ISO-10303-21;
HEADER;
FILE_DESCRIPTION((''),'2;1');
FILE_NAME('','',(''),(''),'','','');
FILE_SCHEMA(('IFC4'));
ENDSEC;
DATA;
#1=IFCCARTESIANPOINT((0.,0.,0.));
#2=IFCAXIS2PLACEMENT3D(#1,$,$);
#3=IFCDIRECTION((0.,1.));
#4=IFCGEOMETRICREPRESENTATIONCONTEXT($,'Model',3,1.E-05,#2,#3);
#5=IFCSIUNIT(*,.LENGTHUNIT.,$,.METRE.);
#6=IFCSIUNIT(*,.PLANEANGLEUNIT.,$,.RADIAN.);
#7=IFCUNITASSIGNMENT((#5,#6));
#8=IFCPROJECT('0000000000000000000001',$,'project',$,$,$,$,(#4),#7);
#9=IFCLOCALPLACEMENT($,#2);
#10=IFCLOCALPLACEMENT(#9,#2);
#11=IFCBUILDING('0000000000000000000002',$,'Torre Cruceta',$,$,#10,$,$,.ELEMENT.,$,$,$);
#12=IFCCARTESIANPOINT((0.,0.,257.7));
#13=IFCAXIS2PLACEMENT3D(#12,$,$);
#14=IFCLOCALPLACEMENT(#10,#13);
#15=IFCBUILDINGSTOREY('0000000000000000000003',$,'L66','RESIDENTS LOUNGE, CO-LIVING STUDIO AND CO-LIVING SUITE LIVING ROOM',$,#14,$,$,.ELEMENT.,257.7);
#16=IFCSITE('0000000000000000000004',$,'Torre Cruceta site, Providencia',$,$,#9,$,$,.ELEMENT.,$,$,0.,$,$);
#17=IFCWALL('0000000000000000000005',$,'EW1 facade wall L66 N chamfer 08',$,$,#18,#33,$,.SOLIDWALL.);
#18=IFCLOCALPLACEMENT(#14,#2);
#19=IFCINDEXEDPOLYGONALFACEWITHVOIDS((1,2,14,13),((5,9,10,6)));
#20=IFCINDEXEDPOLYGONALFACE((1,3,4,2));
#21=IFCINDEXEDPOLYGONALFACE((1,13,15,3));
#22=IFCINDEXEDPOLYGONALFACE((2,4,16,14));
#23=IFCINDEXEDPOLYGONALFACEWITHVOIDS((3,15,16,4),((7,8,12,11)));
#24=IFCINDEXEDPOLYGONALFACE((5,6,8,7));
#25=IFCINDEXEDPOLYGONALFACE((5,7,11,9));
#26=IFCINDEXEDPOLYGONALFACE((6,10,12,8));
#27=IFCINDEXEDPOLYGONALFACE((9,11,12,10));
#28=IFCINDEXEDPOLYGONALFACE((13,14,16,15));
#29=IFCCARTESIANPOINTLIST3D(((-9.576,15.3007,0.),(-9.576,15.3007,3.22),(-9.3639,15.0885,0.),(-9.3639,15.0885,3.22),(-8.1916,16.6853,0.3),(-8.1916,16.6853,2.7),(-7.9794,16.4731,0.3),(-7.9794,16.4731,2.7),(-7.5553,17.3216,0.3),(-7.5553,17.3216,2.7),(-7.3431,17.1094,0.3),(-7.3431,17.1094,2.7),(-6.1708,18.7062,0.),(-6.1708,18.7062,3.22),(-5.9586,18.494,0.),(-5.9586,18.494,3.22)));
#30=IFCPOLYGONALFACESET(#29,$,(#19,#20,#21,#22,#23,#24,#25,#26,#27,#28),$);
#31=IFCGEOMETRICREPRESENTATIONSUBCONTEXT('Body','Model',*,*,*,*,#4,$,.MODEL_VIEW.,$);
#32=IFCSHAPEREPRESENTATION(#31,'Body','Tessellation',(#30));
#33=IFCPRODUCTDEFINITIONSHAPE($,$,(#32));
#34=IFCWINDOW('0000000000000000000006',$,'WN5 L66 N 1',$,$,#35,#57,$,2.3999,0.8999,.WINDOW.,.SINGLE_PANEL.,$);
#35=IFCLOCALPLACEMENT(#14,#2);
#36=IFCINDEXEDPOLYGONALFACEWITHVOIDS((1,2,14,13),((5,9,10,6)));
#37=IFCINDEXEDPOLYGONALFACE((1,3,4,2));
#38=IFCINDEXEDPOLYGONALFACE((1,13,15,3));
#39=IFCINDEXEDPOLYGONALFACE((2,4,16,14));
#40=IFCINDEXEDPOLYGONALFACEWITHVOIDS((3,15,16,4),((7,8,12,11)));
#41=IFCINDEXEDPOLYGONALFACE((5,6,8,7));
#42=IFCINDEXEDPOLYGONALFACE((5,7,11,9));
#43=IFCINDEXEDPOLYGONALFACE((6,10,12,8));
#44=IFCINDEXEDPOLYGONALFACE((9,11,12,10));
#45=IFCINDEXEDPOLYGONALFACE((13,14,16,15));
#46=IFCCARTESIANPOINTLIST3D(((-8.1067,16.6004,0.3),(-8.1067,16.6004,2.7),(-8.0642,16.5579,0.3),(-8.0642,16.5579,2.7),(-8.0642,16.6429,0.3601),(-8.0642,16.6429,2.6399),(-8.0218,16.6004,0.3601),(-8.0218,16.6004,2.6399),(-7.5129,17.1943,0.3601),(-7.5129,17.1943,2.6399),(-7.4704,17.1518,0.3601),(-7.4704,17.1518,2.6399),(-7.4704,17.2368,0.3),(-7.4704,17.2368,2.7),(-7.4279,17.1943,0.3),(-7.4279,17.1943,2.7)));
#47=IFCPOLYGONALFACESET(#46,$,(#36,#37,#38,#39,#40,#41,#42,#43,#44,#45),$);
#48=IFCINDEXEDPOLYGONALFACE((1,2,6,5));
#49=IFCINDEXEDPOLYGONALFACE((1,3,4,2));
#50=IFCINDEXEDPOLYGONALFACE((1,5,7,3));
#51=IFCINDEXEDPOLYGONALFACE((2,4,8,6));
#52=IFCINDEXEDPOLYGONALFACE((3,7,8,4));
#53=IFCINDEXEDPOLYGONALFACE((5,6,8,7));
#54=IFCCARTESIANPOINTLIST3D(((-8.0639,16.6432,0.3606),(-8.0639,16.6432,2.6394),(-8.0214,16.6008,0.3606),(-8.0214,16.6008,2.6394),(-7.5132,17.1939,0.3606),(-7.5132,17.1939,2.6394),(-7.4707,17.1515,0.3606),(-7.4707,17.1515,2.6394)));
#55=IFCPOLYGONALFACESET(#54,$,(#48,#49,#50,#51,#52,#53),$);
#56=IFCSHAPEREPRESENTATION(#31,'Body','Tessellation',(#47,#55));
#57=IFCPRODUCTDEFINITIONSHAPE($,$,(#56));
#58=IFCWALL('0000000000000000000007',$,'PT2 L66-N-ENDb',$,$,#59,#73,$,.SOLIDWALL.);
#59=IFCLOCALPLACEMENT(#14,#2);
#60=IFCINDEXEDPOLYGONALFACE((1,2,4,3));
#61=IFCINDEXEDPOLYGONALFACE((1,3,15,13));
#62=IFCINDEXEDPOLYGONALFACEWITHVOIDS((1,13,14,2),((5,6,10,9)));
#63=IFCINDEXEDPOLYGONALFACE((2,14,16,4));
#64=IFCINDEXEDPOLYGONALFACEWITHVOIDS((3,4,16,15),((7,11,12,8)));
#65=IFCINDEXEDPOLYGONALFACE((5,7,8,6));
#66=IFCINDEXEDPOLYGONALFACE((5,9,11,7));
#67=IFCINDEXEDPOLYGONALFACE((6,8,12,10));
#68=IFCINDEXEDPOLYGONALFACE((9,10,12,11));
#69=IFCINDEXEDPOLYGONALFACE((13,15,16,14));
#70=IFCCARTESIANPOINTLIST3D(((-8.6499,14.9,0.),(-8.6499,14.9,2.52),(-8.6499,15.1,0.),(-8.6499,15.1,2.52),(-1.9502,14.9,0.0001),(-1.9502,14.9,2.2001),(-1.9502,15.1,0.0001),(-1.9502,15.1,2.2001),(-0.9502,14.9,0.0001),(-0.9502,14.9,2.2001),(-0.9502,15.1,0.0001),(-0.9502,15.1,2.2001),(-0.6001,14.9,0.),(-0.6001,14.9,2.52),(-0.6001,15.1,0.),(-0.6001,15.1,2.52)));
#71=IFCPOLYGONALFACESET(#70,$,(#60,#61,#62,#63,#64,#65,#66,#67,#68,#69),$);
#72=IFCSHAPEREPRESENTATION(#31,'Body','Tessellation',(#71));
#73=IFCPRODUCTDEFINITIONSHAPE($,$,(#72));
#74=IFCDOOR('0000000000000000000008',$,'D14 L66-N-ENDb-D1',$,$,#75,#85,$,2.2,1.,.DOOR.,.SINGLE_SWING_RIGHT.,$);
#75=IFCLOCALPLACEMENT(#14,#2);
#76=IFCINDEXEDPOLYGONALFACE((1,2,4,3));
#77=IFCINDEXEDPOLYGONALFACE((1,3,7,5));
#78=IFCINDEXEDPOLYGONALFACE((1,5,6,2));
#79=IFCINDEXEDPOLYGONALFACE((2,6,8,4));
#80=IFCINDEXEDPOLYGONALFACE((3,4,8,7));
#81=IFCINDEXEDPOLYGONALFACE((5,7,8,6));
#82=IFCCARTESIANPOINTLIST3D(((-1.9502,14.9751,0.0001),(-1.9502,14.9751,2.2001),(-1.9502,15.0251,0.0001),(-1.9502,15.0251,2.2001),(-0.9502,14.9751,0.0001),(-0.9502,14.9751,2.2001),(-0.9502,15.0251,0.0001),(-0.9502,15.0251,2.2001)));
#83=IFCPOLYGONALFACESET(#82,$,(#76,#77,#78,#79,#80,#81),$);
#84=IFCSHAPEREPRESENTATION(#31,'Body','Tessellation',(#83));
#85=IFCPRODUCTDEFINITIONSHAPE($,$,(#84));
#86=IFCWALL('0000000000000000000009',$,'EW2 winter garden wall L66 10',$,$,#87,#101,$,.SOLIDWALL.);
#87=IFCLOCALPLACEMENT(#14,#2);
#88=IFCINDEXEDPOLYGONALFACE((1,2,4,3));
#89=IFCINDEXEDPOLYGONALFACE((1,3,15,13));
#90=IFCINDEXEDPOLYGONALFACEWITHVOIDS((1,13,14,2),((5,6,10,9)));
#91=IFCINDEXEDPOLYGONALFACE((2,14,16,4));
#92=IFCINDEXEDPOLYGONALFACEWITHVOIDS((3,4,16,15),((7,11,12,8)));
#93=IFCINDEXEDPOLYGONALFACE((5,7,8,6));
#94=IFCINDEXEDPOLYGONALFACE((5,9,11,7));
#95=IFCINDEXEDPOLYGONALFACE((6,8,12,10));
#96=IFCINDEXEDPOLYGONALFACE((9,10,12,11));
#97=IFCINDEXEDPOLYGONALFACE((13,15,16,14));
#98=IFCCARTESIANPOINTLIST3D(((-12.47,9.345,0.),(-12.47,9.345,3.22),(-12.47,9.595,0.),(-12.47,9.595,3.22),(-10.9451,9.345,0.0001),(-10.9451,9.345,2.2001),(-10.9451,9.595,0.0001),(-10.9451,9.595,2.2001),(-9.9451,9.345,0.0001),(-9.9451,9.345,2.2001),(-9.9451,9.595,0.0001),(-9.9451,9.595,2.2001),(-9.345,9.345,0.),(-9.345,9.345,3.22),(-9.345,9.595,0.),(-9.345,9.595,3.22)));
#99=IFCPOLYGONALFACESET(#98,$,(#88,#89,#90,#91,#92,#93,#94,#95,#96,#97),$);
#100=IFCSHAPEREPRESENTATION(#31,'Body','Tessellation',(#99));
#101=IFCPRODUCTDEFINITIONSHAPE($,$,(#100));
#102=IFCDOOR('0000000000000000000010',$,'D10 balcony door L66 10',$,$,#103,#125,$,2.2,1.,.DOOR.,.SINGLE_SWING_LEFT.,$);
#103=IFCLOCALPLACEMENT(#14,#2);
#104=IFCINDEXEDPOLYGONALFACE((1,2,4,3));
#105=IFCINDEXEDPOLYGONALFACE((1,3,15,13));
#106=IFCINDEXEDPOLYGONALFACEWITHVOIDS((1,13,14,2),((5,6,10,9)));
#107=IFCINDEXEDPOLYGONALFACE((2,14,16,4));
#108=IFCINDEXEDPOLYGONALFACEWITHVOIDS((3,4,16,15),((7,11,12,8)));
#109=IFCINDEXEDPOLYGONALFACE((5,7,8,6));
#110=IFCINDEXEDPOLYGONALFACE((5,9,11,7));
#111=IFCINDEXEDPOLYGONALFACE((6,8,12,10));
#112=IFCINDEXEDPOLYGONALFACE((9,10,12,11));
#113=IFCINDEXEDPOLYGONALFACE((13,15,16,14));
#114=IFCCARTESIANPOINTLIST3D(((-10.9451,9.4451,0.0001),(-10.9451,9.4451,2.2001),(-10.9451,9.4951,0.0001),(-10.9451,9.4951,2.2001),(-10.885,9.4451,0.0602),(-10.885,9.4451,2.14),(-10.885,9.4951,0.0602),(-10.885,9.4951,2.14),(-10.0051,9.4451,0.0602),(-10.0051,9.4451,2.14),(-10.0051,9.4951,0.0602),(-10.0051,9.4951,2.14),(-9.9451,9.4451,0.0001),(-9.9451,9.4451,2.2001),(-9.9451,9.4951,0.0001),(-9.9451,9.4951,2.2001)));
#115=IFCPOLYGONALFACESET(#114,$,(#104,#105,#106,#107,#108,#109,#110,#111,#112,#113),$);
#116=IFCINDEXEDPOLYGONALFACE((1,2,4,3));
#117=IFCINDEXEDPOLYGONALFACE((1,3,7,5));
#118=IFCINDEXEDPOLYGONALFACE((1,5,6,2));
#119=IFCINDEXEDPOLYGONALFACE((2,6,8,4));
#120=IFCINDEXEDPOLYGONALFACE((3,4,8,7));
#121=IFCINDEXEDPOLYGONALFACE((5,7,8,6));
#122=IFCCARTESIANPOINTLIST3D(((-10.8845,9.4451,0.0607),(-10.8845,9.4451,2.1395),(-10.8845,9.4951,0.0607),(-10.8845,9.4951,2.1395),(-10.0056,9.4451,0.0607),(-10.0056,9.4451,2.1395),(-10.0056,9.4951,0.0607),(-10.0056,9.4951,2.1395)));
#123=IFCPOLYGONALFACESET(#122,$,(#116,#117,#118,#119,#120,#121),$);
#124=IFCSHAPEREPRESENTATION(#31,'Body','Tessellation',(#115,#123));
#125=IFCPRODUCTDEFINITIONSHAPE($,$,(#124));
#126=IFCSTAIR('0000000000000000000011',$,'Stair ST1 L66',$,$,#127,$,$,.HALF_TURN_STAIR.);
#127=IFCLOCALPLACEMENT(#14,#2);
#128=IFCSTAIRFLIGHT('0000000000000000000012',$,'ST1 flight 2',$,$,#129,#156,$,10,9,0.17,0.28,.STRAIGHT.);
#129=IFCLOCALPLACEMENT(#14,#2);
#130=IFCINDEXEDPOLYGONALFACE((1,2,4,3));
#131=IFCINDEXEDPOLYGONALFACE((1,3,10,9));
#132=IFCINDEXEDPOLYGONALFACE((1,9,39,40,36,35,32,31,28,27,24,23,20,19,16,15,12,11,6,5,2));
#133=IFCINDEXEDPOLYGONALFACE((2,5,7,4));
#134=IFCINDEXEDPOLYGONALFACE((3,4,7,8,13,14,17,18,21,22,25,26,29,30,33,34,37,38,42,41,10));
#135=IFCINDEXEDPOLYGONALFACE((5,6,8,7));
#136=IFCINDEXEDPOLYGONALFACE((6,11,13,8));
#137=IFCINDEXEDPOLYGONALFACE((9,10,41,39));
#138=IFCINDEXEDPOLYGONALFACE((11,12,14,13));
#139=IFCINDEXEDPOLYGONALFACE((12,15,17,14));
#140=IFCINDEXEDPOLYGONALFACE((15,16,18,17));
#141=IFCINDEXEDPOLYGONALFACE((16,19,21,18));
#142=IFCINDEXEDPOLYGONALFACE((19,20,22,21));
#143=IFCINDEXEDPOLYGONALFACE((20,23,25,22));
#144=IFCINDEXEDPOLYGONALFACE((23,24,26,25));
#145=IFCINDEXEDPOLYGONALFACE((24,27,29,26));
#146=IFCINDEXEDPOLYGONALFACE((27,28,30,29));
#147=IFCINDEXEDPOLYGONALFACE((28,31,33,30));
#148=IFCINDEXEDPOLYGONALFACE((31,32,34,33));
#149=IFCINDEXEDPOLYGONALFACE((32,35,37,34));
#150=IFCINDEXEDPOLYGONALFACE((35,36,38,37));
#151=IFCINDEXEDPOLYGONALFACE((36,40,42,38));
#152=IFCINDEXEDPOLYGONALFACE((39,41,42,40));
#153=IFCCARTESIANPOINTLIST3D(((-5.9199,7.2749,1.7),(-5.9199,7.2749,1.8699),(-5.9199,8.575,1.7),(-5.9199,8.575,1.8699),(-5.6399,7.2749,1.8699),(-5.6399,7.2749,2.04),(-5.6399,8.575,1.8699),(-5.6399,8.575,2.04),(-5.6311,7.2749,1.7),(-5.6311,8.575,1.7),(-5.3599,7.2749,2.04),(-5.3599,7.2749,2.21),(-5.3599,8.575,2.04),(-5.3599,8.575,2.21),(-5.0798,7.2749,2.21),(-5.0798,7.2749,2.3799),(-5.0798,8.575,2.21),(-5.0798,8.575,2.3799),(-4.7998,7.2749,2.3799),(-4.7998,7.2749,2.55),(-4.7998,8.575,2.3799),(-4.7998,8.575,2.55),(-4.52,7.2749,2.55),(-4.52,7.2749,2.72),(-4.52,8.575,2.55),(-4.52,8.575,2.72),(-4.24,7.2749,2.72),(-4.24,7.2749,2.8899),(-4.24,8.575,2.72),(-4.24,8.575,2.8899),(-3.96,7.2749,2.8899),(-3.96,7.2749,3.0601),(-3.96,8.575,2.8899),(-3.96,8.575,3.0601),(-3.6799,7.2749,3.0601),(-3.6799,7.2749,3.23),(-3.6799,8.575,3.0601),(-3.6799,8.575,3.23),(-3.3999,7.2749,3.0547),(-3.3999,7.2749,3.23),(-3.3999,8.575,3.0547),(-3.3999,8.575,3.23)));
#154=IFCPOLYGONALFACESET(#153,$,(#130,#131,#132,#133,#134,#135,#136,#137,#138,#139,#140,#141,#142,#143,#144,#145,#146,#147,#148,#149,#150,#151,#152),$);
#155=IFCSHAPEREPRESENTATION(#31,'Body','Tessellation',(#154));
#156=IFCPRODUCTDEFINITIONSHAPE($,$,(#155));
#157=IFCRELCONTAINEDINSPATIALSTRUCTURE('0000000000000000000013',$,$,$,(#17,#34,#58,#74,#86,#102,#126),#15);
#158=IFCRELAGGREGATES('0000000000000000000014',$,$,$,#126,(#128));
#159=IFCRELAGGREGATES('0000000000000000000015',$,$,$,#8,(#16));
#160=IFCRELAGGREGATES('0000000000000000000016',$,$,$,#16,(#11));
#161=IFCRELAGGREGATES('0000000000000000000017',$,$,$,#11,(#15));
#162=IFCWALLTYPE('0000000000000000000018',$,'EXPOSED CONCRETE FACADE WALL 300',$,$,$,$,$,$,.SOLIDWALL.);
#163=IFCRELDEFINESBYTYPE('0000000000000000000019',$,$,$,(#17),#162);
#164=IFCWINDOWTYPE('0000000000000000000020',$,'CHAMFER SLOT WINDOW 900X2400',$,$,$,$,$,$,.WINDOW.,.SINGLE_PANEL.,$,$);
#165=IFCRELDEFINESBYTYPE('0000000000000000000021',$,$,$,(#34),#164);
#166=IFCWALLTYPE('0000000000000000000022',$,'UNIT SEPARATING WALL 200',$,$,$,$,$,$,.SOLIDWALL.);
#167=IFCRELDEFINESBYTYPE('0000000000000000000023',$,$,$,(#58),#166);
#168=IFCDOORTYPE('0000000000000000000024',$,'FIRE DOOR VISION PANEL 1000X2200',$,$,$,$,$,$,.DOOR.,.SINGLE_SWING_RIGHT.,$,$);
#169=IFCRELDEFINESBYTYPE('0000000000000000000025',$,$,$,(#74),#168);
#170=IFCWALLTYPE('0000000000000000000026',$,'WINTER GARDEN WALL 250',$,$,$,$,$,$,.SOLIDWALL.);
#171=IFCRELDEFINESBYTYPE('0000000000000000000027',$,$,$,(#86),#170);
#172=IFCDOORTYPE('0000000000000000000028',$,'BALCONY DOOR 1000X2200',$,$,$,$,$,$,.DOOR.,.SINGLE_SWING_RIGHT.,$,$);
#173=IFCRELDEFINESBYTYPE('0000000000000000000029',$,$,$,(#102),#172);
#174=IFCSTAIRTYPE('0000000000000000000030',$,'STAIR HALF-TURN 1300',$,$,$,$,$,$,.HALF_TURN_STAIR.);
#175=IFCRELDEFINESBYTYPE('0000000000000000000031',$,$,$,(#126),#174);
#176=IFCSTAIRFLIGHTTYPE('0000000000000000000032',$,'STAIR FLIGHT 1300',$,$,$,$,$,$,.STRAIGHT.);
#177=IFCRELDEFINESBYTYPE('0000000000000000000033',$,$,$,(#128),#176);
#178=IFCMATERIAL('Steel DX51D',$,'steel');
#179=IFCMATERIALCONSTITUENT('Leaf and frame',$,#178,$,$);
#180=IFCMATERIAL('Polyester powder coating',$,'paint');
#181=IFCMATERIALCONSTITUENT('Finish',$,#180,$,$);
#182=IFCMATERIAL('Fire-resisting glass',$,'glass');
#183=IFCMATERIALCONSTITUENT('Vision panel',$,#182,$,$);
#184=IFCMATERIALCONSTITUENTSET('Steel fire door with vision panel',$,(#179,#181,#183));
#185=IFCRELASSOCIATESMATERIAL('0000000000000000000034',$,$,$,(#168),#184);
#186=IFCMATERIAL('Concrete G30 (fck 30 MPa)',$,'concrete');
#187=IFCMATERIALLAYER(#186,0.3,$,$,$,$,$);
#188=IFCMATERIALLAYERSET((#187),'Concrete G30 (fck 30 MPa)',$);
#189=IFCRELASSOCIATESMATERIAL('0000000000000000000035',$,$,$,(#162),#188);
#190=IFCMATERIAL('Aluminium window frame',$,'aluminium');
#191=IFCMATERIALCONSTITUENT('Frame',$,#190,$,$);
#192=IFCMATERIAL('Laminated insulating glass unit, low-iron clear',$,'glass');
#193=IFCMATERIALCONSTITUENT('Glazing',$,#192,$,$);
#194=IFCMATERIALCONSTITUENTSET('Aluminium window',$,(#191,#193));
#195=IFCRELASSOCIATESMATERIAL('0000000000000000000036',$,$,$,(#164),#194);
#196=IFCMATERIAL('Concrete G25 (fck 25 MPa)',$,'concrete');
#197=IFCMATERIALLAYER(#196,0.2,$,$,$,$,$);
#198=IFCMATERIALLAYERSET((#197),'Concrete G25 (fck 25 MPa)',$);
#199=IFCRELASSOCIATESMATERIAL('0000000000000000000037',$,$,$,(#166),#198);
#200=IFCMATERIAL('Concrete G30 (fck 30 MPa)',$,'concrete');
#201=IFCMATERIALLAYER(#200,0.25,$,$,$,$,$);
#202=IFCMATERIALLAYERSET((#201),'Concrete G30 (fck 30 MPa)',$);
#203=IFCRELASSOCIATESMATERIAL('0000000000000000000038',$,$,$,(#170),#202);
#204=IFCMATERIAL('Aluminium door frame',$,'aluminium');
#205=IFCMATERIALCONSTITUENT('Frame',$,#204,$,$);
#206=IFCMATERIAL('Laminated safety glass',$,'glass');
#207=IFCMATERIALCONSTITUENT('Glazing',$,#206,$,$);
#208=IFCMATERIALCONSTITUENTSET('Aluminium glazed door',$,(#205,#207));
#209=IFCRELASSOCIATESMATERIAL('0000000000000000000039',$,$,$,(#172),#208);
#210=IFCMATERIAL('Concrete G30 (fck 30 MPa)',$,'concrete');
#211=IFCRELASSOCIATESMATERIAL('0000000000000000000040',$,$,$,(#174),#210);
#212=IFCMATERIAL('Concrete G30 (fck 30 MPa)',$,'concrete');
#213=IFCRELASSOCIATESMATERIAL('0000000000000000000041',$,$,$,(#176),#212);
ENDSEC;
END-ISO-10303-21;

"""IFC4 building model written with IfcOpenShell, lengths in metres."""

from ifc_helpers import new_model, si_unit, direction, frame, frame_2d, origin, place, context, subcontext, project, spatial, polyline, rectangle, hollow_rectangle, outline, extrude, material, layer, layer_set, constituent, constituent_set, type_object, element, fill, aggregate, save


model = new_model("IFC4")

# Units and contexts
model_context = context("Model", 3, precision=1e-05, world=origin(), true_north=direction((0.0, 1.0)))
body_context = subcontext(model_context, "Body", "Model", "MODEL_VIEW")
ifc_project = project(units=[si_unit("LENGTHUNIT", "METRE"), si_unit("PLANEANGLEUNIT", "RADIAN")], contexts=[model_context])

# Site, building, storey
site_placement = place(None, origin())
site = spatial("IfcSite", under=ifc_project, at=site_placement, Name="Torre Cruceta site, Providencia", CompositionType="ELEMENT", RefElevation=0.0)
building_placement = place(site_placement, origin())
building = spatial("IfcBuilding", under=site, at=building_placement, Name="Torre Cruceta", CompositionType="ELEMENT")
storey_placement = place(building_placement, frame((0.0, 0.0, 257.7)))
storey = spatial("IfcBuildingStorey", under=building, at=storey_placement, Name="L66", Description="RESIDENTS LOUNGE, CO-LIVING STUDIO AND CO-LIVING SUITE LIVING ROOM", CompositionType="ELEMENT", Elevation=257.7)

# Shared definitions
ifc_material_1 = material(Name="Steel DX51D", Category="steel")
ifc_constituent_1 = constituent(ifc_material_1, Name="Leaf and frame")
ifc_material_2 = material(Name="Polyester powder coating", Category="paint")
ifc_constituent_2 = constituent(ifc_material_2, Name="Finish")
ifc_material_3 = material(Name="Fire-resisting glass", Category="glass")
ifc_constituent_3 = constituent(ifc_material_3, Name="Vision panel")
ifc_constituent_set_1 = constituent_set(constituents=[ifc_constituent_1, ifc_constituent_2, ifc_constituent_3], Name="Steel fire door with vision panel")
door_type_1 = type_object("IfcDoorType", Name="FIRE DOOR VISION PANEL 1000X2200", OperationType="SINGLE_SWING_RIGHT", PredefinedType="DOOR", material=ifc_constituent_set_1)

# Wall, opening, window
ifc_material_4 = material(Name="Concrete G30 (fck 30 MPa)", Category="concrete")
ifc_layer_1 = layer(ifc_material_4, 0.3)
ifc_layer_set_1 = layer_set([ifc_layer_1], Name="Concrete G30 (fck 30 MPa)")
wall_type_1 = type_object("IfcWallType", Name="EXPOSED CONCRETE FACADE WALL 300", PredefinedType="SOLIDWALL", material=ifc_layer_set_1)
wall_1_placement = place(storey_placement, frame((-6.0647, 18.6001, 0.0), z_axis=(0.0, 0.0, 1.0), x_axis=(-0.707081, -0.707132, 0.0)))
wall_1 = element("IfcWall", 1, at=wall_1_placement, inside=storey, type_object=wall_type_1, Name="EW1 facade wall L66 N chamfer 08", PredefinedType="SOLIDWALL", context=body_context, shape_type="SweptSolid", body=[
    extrude(rectangle(XDim=4.8159, YDim=0.3, at=frame_2d((2.408, 0.0))), origin(), (0.0, 0.0, 1.0), 3.22),
])
opening_1_placement = place(wall_1_placement, frame((1.958, 0.0, 0.3)))
opening_1 = element("IfcOpeningElement", 2, at=opening_1_placement, cuts=wall_1, PredefinedType="OPENING", context=body_context, shape_type="SweptSolid", body=[
    extrude(rectangle(XDim=0.8999, YDim=2.3999, at=frame_2d((0.45, 1.2))), frame((0.0, 0.1599, 0.0), z_axis=(0.0, -1.0, 0.0), x_axis=(1.0, 0.0, 0.0)), (0.0, 0.0, 1.0), 0.3201),
])
ifc_material_5 = material(Name="Aluminium window frame", Category="aluminium")
ifc_constituent_4 = constituent(ifc_material_5, Name="Frame")
ifc_material_6 = material(Name="Laminated insulating glass unit, low-iron clear", Category="glass")
ifc_constituent_5 = constituent(ifc_material_6, Name="Glazing")
ifc_constituent_set_2 = constituent_set(constituents=[ifc_constituent_4, ifc_constituent_5], Name="Aluminium window")
window_type = type_object("IfcWindowType", Name="CHAMFER SLOT WINDOW 900X2400", PartitioningType="SINGLE_PANEL", PredefinedType="WINDOW", material=ifc_constituent_set_2)
window_placement = place(opening_1_placement, origin())
window = element("IfcWindow", 3, at=window_placement, inside=storey, type_object=window_type, Name="WN5 L66 N 1", OverallHeight=2.3999, OverallWidth=0.8999, PartitioningType="SINGLE_PANEL", PredefinedType="WINDOW", context=body_context, shape_type="SweptSolid", body=[
    extrude(hollow_rectangle(XDim=0.8999, YDim=2.3999, WallThickness=0.0601, at=frame_2d((0.45, 1.2))), frame((0.0, 0.03, 0.0), z_axis=(0.0, -1.0, 0.0), x_axis=(1.0, 0.0, 0.0)), (0.0, 0.0, 1.0), 0.0601),
    extrude(rectangle(XDim=0.7788, YDim=2.2788, at=frame_2d((0.45, 1.2))), frame((0.0, 0.03, 0.0), z_axis=(0.0, -1.0, 0.0), x_axis=(1.0, 0.0, 0.0)), (0.0, 0.0, 1.0), 0.0601),
])
fill(opening_1, window)

# Walls, openings, doors
ifc_material_7 = material(Name="Concrete G25 (fck 25 MPa)", Category="concrete")
ifc_layer_2 = layer(ifc_material_7, 0.2)
ifc_layer_set_2 = layer_set([ifc_layer_2], Name="Concrete G25 (fck 25 MPa)")
wall_type_2 = type_object("IfcWallType", Name="UNIT SEPARATING WALL 200", PredefinedType="SOLIDWALL", material=ifc_layer_set_2)
wall_2_placement = place(storey_placement, frame((-0.6001, 15.0, 0.0), z_axis=(0.0, 0.0, 1.0), x_axis=(-1.0, 0.0, 0.0)))
wall_2 = element("IfcWall", 4, at=wall_2_placement, inside=storey, type_object=wall_type_2, Name="PT2 L66-N-ENDb", PredefinedType="SOLIDWALL", context=body_context, shape_type="SweptSolid", body=[
    extrude(rectangle(XDim=8.0498, YDim=0.2, at=frame_2d((4.0249, 0.0))), origin(), (0.0, 0.0, 1.0), 2.52),
])
opening_2_placement = place(wall_2_placement, frame((0.3501, 0.0, 0.0)))
opening_2 = element("IfcOpeningElement", 5, at=opening_2_placement, cuts=wall_2, PredefinedType="OPENING", context=body_context, shape_type="SweptSolid", body=[
    extrude(rectangle(XDim=1.0, YDim=2.2, at=frame_2d((0.5, 1.1001))), frame((0.0, 0.1099, 0.0), z_axis=(0.0, -1.0, 0.0), x_axis=(1.0, 0.0, 0.0)), (0.0, 0.0, 1.0), 0.22),
])
door_1_placement = place(opening_2_placement, frame((1.0, 0.0, 0.0), z_axis=(0.0, 0.0, 1.0), x_axis=(-1.0, 0.0, 0.0)))
door_1 = element("IfcDoor", 6, at=door_1_placement, inside=storey, type_object=door_type_1, Name="D14 L66-N-ENDb-D1", OperationType="SINGLE_SWING_RIGHT", OverallHeight=2.2, OverallWidth=1.0, PredefinedType="DOOR", context=body_context, shape_type="SweptSolid", body=[
    extrude(rectangle(XDim=1.0, YDim=2.2, at=frame_2d((0.5, 1.1001))), frame((0.0, 0.0251, 0.0), z_axis=(0.0, -1.0, 0.0), x_axis=(1.0, 0.0, 0.0)), (0.0, 0.0, 1.0), 0.05),
])
fill(opening_2, door_1)
ifc_material_8 = material(Name="Concrete G30 (fck 30 MPa)", Category="concrete")
ifc_layer_3 = layer(ifc_material_8, 0.25)
ifc_layer_set_3 = layer_set([ifc_layer_3], Name="Concrete G30 (fck 30 MPa)")
wall_type_3 = type_object("IfcWallType", Name="WINTER GARDEN WALL 250", PredefinedType="SOLIDWALL", material=ifc_layer_set_3)
wall_3_placement = place(storey_placement, frame((-9.345, 9.47, 0.0), z_axis=(0.0, 0.0, 1.0), x_axis=(-1.0, 0.0, 0.0)))
wall_3 = element("IfcWall", 7, at=wall_3_placement, inside=storey, type_object=wall_type_3, Name="EW2 winter garden wall L66 10", PredefinedType="SOLIDWALL", context=body_context, shape_type="SweptSolid", body=[
    extrude(rectangle(XDim=3.125, YDim=0.25, at=frame_2d((1.5625, 0.0))), origin(), (0.0, 0.0, 1.0), 3.22),
])
opening_3_placement = place(wall_3_placement, frame((0.6001, 0.0, 0.0)))
opening_3 = element("IfcOpeningElement", 8, at=opening_3_placement, cuts=wall_3, PredefinedType="OPENING", context=body_context, shape_type="SweptSolid", body=[
    extrude(rectangle(XDim=1.0, YDim=2.2, at=frame_2d((0.5, 1.1001))), frame((0.0, 0.135, 0.0), z_axis=(0.0, -1.0, 0.0), x_axis=(1.0, 0.0, 0.0)), (0.0, 0.0, 1.0), 0.27),
])
ifc_material_9 = material(Name="Aluminium door frame", Category="aluminium")
ifc_constituent_6 = constituent(ifc_material_9, Name="Frame")
ifc_material_10 = material(Name="Laminated safety glass", Category="glass")
ifc_constituent_7 = constituent(ifc_material_10, Name="Glazing")
ifc_constituent_set_3 = constituent_set(constituents=[ifc_constituent_6, ifc_constituent_7], Name="Aluminium glazed door")
door_type_2 = type_object("IfcDoorType", Name="BALCONY DOOR 1000X2200", OperationType="SINGLE_SWING_RIGHT", PredefinedType="DOOR", material=ifc_constituent_set_3)
door_2_placement = place(opening_3_placement, origin())
door_2 = element("IfcDoor", 9, at=door_2_placement, inside=storey, type_object=door_type_2, Name="D10 balcony door L66 10", OperationType="SINGLE_SWING_LEFT", OverallHeight=2.2, OverallWidth=1.0, PredefinedType="DOOR", context=body_context, shape_type="SweptSolid", body=[
    extrude(hollow_rectangle(XDim=1.0, YDim=2.2, WallThickness=0.0601, at=frame_2d((0.5, 1.1001))), frame((0.0, 0.0249, 0.0), z_axis=(0.0, -1.0, 0.0), x_axis=(1.0, 0.0, 0.0)), (0.0, 0.0, 1.0), 0.05),
    extrude(rectangle(XDim=0.8789, YDim=2.0789, at=frame_2d((0.5, 1.1001))), frame((0.0, 0.0249, 0.0), z_axis=(0.0, -1.0, 0.0), x_axis=(1.0, 0.0, 0.0)), (0.0, 0.0, 1.0), 0.05),
])
fill(opening_3, door_2)

# Stair, stair flight
ifc_material_11 = material(Name="Concrete G30 (fck 30 MPa)", Category="concrete")
stair_type = type_object("IfcStairType", Name="STAIR HALF-TURN 1300", PredefinedType="HALF_TURN_STAIR", material=ifc_material_11)
stair_placement = place(storey_placement, origin())
stair = element("IfcStair", 10, at=stair_placement, inside=storey, type_object=stair_type, Name="Stair ST1 L66", PredefinedType="HALF_TURN_STAIR")
ifc_material_12 = material(Name="Concrete G30 (fck 30 MPa)", Category="concrete")
stair_flight_type = type_object("IfcStairFlightType", Name="STAIR FLIGHT 1300", PredefinedType="STRAIGHT", material=ifc_material_12)
stair_flight_placement = place(storey_placement, frame((-5.9199, 7.925, 1.7), z_axis=(0.0, 0.0, 1.0), x_axis=(1.0, 0.0, 0.0)))
stair_flight = element("IfcStairFlight", 11, at=stair_flight_placement, type_object=stair_flight_type, Name="ST1 flight 2", NumberOfRisers=10, NumberOfTreads=9, PredefinedType="STRAIGHT", RiserHeight=0.17, TreadLength=0.28, context=body_context, shape_type="SweptSolid", body=[
    extrude(outline(polyline([(0.0, 0.0), (0.0, 0.1699), (0.28, 0.1699), (0.28, 0.3401), (0.5601, 0.3401), (0.5601, 0.51), (0.8401, 0.51), (0.8401, 0.6799), (1.1201, 0.6799), (1.1201, 0.8501), (1.3999, 0.8501), (1.3999, 1.02), (1.6799, 1.02), (1.6799, 1.1899), (1.96, 1.1899), (1.96, 1.3601), (2.24, 1.3601), (2.24, 1.53), (2.52, 1.53), (2.52, 1.7), (2.52, 1.3547), (0.2888, 0.0), (0.0, 0.0)])), frame((0.0, 0.6499, 0.0), z_axis=(0.0, -1.0, 0.0), x_axis=(1.0, 0.0, 0.0)), (0.0, 0.0, 1.0), 1.3),
])
aggregate(stair, [stair_flight])

save(model, "model.ifc")
